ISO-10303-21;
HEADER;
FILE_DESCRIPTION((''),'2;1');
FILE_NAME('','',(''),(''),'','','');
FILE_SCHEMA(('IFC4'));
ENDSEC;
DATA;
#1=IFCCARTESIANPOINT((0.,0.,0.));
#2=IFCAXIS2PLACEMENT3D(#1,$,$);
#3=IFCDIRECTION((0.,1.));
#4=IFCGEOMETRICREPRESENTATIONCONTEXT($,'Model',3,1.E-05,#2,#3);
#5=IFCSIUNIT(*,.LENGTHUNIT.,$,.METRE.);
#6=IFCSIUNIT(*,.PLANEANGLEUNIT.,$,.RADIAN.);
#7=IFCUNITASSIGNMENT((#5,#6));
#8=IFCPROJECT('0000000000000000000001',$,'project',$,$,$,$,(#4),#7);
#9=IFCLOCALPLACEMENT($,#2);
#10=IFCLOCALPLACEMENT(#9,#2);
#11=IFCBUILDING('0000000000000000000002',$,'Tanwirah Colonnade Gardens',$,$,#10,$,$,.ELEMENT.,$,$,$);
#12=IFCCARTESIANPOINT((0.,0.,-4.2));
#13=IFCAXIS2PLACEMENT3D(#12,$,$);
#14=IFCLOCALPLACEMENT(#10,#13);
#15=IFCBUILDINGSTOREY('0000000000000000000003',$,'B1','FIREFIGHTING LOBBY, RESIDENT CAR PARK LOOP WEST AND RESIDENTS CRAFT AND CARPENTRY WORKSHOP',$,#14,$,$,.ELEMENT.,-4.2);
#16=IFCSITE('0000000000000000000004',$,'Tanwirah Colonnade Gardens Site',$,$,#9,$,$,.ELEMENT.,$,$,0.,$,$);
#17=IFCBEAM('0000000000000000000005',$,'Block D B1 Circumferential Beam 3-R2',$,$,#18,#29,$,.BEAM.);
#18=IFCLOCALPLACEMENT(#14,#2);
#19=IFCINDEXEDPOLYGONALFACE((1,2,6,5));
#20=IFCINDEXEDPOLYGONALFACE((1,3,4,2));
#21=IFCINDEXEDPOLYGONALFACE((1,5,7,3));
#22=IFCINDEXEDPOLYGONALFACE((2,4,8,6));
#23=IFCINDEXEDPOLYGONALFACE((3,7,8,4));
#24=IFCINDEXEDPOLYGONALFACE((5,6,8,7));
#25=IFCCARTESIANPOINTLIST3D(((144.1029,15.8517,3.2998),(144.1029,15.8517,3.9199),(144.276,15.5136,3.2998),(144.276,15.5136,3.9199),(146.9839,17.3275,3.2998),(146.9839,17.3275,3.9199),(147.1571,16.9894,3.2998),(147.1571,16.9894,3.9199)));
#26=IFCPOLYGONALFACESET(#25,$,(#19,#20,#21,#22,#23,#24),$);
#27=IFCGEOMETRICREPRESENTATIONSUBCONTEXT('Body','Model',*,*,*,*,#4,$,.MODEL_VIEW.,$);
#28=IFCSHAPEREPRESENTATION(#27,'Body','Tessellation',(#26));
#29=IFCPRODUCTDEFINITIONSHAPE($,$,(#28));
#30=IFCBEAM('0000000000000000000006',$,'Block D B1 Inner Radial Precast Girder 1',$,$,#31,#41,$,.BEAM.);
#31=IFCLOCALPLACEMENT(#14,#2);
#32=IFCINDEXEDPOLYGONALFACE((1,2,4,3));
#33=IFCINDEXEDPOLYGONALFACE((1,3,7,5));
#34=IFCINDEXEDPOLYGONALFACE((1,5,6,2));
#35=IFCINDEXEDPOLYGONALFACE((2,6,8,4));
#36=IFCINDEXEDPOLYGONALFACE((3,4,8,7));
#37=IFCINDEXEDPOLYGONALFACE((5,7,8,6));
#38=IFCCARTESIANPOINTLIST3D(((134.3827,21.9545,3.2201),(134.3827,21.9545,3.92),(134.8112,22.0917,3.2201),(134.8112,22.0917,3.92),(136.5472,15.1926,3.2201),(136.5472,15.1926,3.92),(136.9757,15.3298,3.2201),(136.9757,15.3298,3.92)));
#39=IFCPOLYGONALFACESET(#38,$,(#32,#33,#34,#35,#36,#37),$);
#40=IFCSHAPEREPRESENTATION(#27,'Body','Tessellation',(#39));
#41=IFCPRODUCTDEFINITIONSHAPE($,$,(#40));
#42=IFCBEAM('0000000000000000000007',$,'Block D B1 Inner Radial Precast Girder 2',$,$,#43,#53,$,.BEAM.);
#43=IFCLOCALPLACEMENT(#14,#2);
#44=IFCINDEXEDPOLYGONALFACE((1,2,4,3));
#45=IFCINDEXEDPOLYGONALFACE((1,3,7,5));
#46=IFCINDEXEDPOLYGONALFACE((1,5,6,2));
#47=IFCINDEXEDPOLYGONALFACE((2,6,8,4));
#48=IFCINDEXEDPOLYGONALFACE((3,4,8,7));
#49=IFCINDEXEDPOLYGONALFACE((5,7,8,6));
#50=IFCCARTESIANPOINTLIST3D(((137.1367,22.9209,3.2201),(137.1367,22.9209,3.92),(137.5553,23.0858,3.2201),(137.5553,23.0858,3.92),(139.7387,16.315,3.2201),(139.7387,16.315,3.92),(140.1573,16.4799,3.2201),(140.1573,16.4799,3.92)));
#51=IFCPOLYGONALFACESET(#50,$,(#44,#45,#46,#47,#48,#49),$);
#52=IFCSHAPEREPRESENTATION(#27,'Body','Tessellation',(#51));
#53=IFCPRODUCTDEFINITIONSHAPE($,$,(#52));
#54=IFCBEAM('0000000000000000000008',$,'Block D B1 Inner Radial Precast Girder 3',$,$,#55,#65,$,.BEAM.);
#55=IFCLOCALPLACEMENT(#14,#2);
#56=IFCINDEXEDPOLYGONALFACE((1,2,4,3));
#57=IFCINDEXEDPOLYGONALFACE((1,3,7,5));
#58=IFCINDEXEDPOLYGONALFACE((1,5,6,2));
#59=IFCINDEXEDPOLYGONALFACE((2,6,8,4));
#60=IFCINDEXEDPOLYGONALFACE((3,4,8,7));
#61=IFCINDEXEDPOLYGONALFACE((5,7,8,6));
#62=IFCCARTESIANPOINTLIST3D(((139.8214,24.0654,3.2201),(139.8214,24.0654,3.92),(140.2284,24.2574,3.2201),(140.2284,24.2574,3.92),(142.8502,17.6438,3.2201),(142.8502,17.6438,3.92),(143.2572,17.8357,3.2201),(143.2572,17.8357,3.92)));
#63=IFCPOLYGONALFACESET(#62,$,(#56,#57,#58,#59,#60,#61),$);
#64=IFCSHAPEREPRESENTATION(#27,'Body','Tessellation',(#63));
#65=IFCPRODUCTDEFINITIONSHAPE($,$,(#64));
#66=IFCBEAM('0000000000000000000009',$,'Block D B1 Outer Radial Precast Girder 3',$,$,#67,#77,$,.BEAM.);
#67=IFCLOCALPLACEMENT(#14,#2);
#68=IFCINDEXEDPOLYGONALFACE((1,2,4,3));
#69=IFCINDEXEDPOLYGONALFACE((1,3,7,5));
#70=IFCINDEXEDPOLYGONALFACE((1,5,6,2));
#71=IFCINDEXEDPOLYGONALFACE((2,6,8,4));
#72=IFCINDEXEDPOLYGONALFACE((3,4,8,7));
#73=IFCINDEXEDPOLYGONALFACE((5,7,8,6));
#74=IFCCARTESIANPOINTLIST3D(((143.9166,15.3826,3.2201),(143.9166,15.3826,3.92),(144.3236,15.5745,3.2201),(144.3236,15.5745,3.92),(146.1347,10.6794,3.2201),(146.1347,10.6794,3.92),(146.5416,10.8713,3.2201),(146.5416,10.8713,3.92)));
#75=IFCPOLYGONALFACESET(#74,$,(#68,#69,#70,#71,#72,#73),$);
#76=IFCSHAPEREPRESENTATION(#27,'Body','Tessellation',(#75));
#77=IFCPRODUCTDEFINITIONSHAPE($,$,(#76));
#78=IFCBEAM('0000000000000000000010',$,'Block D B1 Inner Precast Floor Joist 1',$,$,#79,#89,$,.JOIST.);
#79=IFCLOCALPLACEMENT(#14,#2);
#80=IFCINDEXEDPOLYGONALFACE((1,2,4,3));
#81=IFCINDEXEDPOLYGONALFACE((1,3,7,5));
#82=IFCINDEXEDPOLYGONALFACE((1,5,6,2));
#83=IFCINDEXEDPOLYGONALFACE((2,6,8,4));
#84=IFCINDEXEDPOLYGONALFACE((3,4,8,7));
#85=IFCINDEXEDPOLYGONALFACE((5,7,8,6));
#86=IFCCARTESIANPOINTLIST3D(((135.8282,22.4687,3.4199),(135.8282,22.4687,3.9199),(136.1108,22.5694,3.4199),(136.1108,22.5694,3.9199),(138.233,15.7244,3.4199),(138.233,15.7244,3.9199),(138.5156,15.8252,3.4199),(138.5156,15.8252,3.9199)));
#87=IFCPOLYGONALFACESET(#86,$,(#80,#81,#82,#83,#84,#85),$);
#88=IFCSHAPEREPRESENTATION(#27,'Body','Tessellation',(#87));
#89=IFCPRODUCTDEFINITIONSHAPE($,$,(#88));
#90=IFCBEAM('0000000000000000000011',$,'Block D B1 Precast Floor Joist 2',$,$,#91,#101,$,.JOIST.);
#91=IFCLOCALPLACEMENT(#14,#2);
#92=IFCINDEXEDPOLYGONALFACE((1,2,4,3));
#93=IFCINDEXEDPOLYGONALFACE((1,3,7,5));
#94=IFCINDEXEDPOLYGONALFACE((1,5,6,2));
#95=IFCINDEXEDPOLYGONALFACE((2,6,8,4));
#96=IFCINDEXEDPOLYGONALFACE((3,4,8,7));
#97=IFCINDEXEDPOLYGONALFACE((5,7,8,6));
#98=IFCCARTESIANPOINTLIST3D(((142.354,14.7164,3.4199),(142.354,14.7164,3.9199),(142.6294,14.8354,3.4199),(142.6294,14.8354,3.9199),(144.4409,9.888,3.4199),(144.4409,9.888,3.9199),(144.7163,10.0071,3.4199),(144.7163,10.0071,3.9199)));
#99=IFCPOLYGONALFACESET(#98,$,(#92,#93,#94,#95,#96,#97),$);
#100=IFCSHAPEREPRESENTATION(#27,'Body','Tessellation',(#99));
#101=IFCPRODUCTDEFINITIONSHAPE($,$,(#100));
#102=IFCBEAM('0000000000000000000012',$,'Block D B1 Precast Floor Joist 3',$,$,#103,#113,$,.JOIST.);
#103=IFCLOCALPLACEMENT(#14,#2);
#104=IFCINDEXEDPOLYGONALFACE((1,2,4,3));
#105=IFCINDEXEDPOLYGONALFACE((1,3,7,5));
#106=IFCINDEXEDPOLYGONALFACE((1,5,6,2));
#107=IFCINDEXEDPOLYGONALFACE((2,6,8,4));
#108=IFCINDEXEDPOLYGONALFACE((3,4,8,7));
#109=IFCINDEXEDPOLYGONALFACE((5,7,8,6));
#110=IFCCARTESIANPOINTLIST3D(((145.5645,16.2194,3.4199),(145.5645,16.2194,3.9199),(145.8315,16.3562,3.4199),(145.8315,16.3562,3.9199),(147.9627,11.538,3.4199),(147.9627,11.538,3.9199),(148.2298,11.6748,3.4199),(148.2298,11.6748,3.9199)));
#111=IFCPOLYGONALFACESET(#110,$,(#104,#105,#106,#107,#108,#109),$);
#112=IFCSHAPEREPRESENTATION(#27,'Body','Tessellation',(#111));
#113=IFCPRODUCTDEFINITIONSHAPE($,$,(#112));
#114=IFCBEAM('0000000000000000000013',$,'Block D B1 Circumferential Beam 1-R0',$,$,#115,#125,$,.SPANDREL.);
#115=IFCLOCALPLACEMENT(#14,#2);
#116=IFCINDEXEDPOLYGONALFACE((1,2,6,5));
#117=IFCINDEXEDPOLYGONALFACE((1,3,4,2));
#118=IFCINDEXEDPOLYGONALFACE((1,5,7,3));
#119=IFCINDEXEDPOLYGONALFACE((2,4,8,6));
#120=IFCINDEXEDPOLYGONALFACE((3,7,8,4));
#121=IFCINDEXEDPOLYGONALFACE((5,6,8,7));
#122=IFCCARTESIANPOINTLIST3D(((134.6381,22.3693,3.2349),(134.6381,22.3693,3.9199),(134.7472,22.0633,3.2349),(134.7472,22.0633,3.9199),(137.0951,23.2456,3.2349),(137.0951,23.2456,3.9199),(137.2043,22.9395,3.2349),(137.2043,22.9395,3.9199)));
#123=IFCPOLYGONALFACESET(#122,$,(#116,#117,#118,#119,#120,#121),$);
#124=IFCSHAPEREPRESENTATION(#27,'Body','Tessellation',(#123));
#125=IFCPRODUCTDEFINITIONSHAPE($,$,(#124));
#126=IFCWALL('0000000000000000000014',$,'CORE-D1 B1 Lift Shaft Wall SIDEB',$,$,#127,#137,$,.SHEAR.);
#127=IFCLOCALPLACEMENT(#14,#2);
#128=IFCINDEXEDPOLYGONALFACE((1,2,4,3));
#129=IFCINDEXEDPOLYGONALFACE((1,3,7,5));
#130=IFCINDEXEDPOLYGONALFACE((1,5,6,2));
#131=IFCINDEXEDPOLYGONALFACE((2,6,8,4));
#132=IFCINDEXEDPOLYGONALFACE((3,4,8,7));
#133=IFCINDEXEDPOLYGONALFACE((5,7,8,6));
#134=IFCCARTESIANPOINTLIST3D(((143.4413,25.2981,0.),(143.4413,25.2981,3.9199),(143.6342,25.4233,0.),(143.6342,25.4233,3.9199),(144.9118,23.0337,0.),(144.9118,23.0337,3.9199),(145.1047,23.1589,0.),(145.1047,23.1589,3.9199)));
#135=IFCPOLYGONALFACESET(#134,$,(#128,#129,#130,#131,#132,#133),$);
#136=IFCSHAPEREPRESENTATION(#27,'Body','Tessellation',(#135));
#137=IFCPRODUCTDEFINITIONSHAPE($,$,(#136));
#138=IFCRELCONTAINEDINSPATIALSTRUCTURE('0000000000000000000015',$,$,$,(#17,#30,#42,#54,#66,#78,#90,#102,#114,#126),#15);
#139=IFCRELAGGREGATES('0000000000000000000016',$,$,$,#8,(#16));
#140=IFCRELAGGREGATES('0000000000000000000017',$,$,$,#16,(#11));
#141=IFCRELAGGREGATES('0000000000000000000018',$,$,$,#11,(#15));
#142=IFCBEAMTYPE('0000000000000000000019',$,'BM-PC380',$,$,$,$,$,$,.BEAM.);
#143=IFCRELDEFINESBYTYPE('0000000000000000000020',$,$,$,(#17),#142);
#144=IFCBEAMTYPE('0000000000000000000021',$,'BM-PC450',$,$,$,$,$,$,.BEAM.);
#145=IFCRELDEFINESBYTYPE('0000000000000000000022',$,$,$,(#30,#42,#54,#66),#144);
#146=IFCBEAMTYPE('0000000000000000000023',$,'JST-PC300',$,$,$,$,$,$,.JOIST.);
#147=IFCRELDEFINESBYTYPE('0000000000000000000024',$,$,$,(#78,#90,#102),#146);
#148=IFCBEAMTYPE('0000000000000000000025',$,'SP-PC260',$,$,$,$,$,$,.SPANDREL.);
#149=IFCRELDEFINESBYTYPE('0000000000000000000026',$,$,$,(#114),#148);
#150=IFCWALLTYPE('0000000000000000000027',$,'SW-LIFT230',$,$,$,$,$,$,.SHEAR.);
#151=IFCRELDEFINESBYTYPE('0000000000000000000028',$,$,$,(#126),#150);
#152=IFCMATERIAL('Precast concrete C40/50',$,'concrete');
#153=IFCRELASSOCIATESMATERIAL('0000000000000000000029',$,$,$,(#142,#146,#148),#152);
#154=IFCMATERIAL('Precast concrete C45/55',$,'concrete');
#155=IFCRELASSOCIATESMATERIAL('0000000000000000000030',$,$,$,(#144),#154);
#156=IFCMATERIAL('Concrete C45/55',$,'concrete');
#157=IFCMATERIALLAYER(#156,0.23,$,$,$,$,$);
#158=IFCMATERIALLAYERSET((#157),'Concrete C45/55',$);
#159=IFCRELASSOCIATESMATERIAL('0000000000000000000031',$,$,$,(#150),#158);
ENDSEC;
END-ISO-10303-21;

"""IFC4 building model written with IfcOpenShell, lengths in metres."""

from ifc_helpers import new_model, si_unit, direction, frame, frame_2d, origin, origin_2d, place, context, subcontext, project, spatial, rectangle, extrude, material, layer, layer_set, material_profile, profile_set, type_object, element, save


model = new_model("IFC4")

# Units and contexts
model_context = context("Model", 3, precision=1e-05, world=origin(), true_north=direction((0.0, 1.0)))
body_context = subcontext(model_context, "Body", "Model", "MODEL_VIEW")
ifc_project = project(units=[si_unit("LENGTHUNIT", "METRE"), si_unit("PLANEANGLEUNIT", "RADIAN")], contexts=[model_context])

# Site, building, storey
site_placement = place(None, origin())
site = spatial("IfcSite", under=ifc_project, at=site_placement, Name="Tanwirah Colonnade Gardens Site", CompositionType="ELEMENT", RefElevation=0.0)
building_placement = place(site_placement, origin())
building = spatial("IfcBuilding", under=site, at=building_placement, Name="Tanwirah Colonnade Gardens", CompositionType="ELEMENT")
storey_placement = place(building_placement, frame((0.0, 0.0, -4.2)))
storey = spatial("IfcBuildingStorey", under=building, at=storey_placement, Name="B1", Description="FIREFIGHTING LOBBY, RESIDENT CAR PARK LOOP WEST AND RESIDENTS CRAFT AND CARPENTRY WORKSHOP", CompositionType="ELEMENT", Elevation=-4.2)

# Shared definitions
ifc_material_1 = material(Name="Concrete C45/55", Category="concrete")

# Beams
ifc_material_2 = material(Name="Precast concrete C40/50", Category="concrete")
ifc_material_profile_1 = material_profile(ifc_material_2, rectangle(XDim=0.3799, YDim=0.6201, at=origin_2d()), Name="PC-BM 380x620")
ifc_profile_set_1 = profile_set([ifc_material_profile_1], Name="Precast concrete C40/50")
beam_type_1 = type_object("IfcBeamType", Name="BM-PC380", PredefinedType="BEAM", material=ifc_profile_set_1)
beam_1_placement = place(storey_placement, frame((144.1895, 15.6826, 3.6099), z_axis=(0.890025, 0.455911, 0.0), x_axis=(-0.455911, 0.890025, 0.0)))
element("IfcBeam", 1, at=beam_1_placement, inside=storey, type_object=beam_type_1, Name="Block D B1 Circumferential Beam 3-R2", PredefinedType="BEAM", context=body_context, shape_type="SweptSolid", body=[
    extrude(rectangle(XDim=0.3799, YDim=0.6201, at=origin_2d()), origin(), (0.0, 0.0, 1.0), 3.2371),
])
ifc_material_3 = material(Name="Precast concrete C45/55", Category="concrete")
ifc_material_profile_2 = material_profile(ifc_material_3, rectangle(XDim=0.45, YDim=0.7, at=origin_2d()), Name="PC-BM 450x700")
ifc_profile_set_2 = profile_set([ifc_material_profile_2], Name="Precast concrete C45/55")
beam_type_2 = type_object("IfcBeamType", Name="BM-PC450", PredefinedType="BEAM", material=ifc_profile_set_2)
for number, where, z_axis, x_axis, name in (
    (2, (136.7615, 15.2612, 3.5701), (-0.304868, 0.952395, 0.0), (-0.952395, -0.304868, 0.0), "Block D B1 Inner Radial Precast Girder 1"),
    (3, (139.948, 16.3975, 3.5701), (-0.366488, 0.930423, 0.0), (-0.930423, -0.366488, 0.0), "Block D B1 Inner Radial Precast Girder 2"),
):
    element("IfcBeam", number, at=place(storey_placement, frame(where, z_axis=z_axis, x_axis=x_axis)), inside=storey, type_object=beam_type_2, Name=name, PredefinedType="BEAM", context=body_context, shape_type="SweptSolid", body=[
        extrude(rectangle(XDim=0.45, YDim=0.7, at=origin_2d()), origin(), (0.0, 0.0, 1.0), 7.0999),
    ])
beam_2_placement = place(storey_placement, frame((143.0537, 17.7397, 3.5701), z_axis=(-0.426588, 0.904446, 0.0), x_axis=(-0.904446, -0.426588, 0.0)))
element("IfcBeam", 4, at=beam_2_placement, inside=storey, type_object=beam_type_2, Name="Block D B1 Inner Radial Precast Girder 3", PredefinedType="BEAM", context=body_context, shape_type="SweptSolid", body=[
    extrude(rectangle(XDim=0.45, YDim=0.7, at=origin_2d()), origin(), (0.0, 0.0, 1.0), 7.1001),
])
beam_3_placement = place(storey_placement, frame((144.1201, 15.4785, 3.5701), z_axis=(0.42655, -0.904464, 0.0), x_axis=(0.904464, 0.42655, 0.0)))
element("IfcBeam", 5, at=beam_3_placement, inside=storey, type_object=beam_type_2, Name="Block D B1 Outer Radial Precast Girder 3", PredefinedType="BEAM", context=body_context, shape_type="SweptSolid", body=[
    extrude(rectangle(XDim=0.45, YDim=0.7, at=origin_2d()), origin(), (0.0, 0.0, 1.0), 5.2),
])
ifc_material_profile_3 = material_profile(ifc_material_2, rectangle(XDim=0.3, YDim=0.5, at=origin_2d()), Name="PC-JST 300x500")
ifc_profile_set_3 = profile_set([ifc_material_profile_3], Name="Precast concrete C40/50")
beam_type_3 = type_object("IfcBeamType", Name="JST-PC300", PredefinedType="JOIST", material=ifc_profile_set_3)
beam_4_placement = place(storey_placement, frame((135.9695, 22.519, 3.6699), z_axis=(0.335861, -0.941912, 0.0), x_axis=(0.941912, 0.335861, 0.0)))
element("IfcBeam", 6, at=beam_4_placement, inside=storey, type_object=beam_type_3, Name="Block D B1 Inner Precast Floor Joist 1", PredefinedType="JOIST", context=body_context, shape_type="SweptSolid", body=[
    extrude(rectangle(XDim=0.3, YDim=0.5, at=origin_2d()), origin(), (0.0, 0.0, 1.0), 7.1602),
])
for number, where, z_axis, x_axis, name in (
    (7, (142.4917, 14.7759, 3.6699), (0.396746, -0.917928, 0.0), (0.917928, 0.396746, 0.0), "Block D B1 Precast Floor Joist 2"),
    (8, (145.698, 16.2878, 3.6699), (0.455937, -0.890012, 0.0), (0.890012, 0.455937, 0.0), "Block D B1 Precast Floor Joist 3"),
):
    element("IfcBeam", number, at=place(storey_placement, frame(where, z_axis=z_axis, x_axis=x_axis)), inside=storey, type_object=beam_type_3, Name=name, PredefinedType="JOIST", context=body_context, shape_type="SweptSolid", body=[
        extrude(rectangle(XDim=0.3, YDim=0.5, at=origin_2d()), origin(), (0.0, 0.0, 1.0), 5.26),
    ])
ifc_material_profile_4 = material_profile(ifc_material_2, rectangle(XDim=0.325, YDim=0.6851, at=origin_2d()), Name="PC-SP 325x685")
ifc_profile_set_4 = profile_set([ifc_material_profile_4], Name="Precast concrete C40/50")
beam_type_4 = type_object("IfcBeamType", Name="SP-PC260", PredefinedType="SPANDREL", material=ifc_profile_set_4)
beam_5_placement = place(storey_placement, frame((134.6926, 22.2163, 3.5774), z_axis=(0.941898, 0.335898, 0.0), x_axis=(-0.335898, 0.941898, 0.0)))
element("IfcBeam", 9, at=beam_5_placement, inside=storey, type_object=beam_type_4, Name="Block D B1 Circumferential Beam 1-R0", PredefinedType="SPANDREL", context=body_context, shape_type="SweptSolid", body=[
    extrude(rectangle(XDim=0.325, YDim=0.6851, at=origin_2d()), origin(), (0.0, 0.0, 1.0), 2.6086),
])

# Wall
ifc_layer = layer(ifc_material_1, 0.23)
ifc_layer_set = layer_set([ifc_layer], Name="Concrete C45/55")
wall_type = type_object("IfcWallType", Name="SW-LIFT230", PredefinedType="SHEAR", material=ifc_layer_set)
wall_placement = place(storey_placement, frame((145.0083, 23.0962, 0.0), z_axis=(0.0, 0.0, 1.0), x_axis=(-0.544623, 0.838681, 0.0)))
element("IfcWall", 10, at=wall_placement, inside=storey, type_object=wall_type, Name="CORE-D1 B1 Lift Shaft Wall SIDEB", PredefinedType="SHEAR", context=body_context, shape_type="SweptSolid", body=[
    extrude(rectangle(XDim=2.7, YDim=0.23, at=frame_2d((1.3501, 0.0))), origin(), (0.0, 0.0, 1.0), 3.9199),
])

save(model, "model.ifc")
